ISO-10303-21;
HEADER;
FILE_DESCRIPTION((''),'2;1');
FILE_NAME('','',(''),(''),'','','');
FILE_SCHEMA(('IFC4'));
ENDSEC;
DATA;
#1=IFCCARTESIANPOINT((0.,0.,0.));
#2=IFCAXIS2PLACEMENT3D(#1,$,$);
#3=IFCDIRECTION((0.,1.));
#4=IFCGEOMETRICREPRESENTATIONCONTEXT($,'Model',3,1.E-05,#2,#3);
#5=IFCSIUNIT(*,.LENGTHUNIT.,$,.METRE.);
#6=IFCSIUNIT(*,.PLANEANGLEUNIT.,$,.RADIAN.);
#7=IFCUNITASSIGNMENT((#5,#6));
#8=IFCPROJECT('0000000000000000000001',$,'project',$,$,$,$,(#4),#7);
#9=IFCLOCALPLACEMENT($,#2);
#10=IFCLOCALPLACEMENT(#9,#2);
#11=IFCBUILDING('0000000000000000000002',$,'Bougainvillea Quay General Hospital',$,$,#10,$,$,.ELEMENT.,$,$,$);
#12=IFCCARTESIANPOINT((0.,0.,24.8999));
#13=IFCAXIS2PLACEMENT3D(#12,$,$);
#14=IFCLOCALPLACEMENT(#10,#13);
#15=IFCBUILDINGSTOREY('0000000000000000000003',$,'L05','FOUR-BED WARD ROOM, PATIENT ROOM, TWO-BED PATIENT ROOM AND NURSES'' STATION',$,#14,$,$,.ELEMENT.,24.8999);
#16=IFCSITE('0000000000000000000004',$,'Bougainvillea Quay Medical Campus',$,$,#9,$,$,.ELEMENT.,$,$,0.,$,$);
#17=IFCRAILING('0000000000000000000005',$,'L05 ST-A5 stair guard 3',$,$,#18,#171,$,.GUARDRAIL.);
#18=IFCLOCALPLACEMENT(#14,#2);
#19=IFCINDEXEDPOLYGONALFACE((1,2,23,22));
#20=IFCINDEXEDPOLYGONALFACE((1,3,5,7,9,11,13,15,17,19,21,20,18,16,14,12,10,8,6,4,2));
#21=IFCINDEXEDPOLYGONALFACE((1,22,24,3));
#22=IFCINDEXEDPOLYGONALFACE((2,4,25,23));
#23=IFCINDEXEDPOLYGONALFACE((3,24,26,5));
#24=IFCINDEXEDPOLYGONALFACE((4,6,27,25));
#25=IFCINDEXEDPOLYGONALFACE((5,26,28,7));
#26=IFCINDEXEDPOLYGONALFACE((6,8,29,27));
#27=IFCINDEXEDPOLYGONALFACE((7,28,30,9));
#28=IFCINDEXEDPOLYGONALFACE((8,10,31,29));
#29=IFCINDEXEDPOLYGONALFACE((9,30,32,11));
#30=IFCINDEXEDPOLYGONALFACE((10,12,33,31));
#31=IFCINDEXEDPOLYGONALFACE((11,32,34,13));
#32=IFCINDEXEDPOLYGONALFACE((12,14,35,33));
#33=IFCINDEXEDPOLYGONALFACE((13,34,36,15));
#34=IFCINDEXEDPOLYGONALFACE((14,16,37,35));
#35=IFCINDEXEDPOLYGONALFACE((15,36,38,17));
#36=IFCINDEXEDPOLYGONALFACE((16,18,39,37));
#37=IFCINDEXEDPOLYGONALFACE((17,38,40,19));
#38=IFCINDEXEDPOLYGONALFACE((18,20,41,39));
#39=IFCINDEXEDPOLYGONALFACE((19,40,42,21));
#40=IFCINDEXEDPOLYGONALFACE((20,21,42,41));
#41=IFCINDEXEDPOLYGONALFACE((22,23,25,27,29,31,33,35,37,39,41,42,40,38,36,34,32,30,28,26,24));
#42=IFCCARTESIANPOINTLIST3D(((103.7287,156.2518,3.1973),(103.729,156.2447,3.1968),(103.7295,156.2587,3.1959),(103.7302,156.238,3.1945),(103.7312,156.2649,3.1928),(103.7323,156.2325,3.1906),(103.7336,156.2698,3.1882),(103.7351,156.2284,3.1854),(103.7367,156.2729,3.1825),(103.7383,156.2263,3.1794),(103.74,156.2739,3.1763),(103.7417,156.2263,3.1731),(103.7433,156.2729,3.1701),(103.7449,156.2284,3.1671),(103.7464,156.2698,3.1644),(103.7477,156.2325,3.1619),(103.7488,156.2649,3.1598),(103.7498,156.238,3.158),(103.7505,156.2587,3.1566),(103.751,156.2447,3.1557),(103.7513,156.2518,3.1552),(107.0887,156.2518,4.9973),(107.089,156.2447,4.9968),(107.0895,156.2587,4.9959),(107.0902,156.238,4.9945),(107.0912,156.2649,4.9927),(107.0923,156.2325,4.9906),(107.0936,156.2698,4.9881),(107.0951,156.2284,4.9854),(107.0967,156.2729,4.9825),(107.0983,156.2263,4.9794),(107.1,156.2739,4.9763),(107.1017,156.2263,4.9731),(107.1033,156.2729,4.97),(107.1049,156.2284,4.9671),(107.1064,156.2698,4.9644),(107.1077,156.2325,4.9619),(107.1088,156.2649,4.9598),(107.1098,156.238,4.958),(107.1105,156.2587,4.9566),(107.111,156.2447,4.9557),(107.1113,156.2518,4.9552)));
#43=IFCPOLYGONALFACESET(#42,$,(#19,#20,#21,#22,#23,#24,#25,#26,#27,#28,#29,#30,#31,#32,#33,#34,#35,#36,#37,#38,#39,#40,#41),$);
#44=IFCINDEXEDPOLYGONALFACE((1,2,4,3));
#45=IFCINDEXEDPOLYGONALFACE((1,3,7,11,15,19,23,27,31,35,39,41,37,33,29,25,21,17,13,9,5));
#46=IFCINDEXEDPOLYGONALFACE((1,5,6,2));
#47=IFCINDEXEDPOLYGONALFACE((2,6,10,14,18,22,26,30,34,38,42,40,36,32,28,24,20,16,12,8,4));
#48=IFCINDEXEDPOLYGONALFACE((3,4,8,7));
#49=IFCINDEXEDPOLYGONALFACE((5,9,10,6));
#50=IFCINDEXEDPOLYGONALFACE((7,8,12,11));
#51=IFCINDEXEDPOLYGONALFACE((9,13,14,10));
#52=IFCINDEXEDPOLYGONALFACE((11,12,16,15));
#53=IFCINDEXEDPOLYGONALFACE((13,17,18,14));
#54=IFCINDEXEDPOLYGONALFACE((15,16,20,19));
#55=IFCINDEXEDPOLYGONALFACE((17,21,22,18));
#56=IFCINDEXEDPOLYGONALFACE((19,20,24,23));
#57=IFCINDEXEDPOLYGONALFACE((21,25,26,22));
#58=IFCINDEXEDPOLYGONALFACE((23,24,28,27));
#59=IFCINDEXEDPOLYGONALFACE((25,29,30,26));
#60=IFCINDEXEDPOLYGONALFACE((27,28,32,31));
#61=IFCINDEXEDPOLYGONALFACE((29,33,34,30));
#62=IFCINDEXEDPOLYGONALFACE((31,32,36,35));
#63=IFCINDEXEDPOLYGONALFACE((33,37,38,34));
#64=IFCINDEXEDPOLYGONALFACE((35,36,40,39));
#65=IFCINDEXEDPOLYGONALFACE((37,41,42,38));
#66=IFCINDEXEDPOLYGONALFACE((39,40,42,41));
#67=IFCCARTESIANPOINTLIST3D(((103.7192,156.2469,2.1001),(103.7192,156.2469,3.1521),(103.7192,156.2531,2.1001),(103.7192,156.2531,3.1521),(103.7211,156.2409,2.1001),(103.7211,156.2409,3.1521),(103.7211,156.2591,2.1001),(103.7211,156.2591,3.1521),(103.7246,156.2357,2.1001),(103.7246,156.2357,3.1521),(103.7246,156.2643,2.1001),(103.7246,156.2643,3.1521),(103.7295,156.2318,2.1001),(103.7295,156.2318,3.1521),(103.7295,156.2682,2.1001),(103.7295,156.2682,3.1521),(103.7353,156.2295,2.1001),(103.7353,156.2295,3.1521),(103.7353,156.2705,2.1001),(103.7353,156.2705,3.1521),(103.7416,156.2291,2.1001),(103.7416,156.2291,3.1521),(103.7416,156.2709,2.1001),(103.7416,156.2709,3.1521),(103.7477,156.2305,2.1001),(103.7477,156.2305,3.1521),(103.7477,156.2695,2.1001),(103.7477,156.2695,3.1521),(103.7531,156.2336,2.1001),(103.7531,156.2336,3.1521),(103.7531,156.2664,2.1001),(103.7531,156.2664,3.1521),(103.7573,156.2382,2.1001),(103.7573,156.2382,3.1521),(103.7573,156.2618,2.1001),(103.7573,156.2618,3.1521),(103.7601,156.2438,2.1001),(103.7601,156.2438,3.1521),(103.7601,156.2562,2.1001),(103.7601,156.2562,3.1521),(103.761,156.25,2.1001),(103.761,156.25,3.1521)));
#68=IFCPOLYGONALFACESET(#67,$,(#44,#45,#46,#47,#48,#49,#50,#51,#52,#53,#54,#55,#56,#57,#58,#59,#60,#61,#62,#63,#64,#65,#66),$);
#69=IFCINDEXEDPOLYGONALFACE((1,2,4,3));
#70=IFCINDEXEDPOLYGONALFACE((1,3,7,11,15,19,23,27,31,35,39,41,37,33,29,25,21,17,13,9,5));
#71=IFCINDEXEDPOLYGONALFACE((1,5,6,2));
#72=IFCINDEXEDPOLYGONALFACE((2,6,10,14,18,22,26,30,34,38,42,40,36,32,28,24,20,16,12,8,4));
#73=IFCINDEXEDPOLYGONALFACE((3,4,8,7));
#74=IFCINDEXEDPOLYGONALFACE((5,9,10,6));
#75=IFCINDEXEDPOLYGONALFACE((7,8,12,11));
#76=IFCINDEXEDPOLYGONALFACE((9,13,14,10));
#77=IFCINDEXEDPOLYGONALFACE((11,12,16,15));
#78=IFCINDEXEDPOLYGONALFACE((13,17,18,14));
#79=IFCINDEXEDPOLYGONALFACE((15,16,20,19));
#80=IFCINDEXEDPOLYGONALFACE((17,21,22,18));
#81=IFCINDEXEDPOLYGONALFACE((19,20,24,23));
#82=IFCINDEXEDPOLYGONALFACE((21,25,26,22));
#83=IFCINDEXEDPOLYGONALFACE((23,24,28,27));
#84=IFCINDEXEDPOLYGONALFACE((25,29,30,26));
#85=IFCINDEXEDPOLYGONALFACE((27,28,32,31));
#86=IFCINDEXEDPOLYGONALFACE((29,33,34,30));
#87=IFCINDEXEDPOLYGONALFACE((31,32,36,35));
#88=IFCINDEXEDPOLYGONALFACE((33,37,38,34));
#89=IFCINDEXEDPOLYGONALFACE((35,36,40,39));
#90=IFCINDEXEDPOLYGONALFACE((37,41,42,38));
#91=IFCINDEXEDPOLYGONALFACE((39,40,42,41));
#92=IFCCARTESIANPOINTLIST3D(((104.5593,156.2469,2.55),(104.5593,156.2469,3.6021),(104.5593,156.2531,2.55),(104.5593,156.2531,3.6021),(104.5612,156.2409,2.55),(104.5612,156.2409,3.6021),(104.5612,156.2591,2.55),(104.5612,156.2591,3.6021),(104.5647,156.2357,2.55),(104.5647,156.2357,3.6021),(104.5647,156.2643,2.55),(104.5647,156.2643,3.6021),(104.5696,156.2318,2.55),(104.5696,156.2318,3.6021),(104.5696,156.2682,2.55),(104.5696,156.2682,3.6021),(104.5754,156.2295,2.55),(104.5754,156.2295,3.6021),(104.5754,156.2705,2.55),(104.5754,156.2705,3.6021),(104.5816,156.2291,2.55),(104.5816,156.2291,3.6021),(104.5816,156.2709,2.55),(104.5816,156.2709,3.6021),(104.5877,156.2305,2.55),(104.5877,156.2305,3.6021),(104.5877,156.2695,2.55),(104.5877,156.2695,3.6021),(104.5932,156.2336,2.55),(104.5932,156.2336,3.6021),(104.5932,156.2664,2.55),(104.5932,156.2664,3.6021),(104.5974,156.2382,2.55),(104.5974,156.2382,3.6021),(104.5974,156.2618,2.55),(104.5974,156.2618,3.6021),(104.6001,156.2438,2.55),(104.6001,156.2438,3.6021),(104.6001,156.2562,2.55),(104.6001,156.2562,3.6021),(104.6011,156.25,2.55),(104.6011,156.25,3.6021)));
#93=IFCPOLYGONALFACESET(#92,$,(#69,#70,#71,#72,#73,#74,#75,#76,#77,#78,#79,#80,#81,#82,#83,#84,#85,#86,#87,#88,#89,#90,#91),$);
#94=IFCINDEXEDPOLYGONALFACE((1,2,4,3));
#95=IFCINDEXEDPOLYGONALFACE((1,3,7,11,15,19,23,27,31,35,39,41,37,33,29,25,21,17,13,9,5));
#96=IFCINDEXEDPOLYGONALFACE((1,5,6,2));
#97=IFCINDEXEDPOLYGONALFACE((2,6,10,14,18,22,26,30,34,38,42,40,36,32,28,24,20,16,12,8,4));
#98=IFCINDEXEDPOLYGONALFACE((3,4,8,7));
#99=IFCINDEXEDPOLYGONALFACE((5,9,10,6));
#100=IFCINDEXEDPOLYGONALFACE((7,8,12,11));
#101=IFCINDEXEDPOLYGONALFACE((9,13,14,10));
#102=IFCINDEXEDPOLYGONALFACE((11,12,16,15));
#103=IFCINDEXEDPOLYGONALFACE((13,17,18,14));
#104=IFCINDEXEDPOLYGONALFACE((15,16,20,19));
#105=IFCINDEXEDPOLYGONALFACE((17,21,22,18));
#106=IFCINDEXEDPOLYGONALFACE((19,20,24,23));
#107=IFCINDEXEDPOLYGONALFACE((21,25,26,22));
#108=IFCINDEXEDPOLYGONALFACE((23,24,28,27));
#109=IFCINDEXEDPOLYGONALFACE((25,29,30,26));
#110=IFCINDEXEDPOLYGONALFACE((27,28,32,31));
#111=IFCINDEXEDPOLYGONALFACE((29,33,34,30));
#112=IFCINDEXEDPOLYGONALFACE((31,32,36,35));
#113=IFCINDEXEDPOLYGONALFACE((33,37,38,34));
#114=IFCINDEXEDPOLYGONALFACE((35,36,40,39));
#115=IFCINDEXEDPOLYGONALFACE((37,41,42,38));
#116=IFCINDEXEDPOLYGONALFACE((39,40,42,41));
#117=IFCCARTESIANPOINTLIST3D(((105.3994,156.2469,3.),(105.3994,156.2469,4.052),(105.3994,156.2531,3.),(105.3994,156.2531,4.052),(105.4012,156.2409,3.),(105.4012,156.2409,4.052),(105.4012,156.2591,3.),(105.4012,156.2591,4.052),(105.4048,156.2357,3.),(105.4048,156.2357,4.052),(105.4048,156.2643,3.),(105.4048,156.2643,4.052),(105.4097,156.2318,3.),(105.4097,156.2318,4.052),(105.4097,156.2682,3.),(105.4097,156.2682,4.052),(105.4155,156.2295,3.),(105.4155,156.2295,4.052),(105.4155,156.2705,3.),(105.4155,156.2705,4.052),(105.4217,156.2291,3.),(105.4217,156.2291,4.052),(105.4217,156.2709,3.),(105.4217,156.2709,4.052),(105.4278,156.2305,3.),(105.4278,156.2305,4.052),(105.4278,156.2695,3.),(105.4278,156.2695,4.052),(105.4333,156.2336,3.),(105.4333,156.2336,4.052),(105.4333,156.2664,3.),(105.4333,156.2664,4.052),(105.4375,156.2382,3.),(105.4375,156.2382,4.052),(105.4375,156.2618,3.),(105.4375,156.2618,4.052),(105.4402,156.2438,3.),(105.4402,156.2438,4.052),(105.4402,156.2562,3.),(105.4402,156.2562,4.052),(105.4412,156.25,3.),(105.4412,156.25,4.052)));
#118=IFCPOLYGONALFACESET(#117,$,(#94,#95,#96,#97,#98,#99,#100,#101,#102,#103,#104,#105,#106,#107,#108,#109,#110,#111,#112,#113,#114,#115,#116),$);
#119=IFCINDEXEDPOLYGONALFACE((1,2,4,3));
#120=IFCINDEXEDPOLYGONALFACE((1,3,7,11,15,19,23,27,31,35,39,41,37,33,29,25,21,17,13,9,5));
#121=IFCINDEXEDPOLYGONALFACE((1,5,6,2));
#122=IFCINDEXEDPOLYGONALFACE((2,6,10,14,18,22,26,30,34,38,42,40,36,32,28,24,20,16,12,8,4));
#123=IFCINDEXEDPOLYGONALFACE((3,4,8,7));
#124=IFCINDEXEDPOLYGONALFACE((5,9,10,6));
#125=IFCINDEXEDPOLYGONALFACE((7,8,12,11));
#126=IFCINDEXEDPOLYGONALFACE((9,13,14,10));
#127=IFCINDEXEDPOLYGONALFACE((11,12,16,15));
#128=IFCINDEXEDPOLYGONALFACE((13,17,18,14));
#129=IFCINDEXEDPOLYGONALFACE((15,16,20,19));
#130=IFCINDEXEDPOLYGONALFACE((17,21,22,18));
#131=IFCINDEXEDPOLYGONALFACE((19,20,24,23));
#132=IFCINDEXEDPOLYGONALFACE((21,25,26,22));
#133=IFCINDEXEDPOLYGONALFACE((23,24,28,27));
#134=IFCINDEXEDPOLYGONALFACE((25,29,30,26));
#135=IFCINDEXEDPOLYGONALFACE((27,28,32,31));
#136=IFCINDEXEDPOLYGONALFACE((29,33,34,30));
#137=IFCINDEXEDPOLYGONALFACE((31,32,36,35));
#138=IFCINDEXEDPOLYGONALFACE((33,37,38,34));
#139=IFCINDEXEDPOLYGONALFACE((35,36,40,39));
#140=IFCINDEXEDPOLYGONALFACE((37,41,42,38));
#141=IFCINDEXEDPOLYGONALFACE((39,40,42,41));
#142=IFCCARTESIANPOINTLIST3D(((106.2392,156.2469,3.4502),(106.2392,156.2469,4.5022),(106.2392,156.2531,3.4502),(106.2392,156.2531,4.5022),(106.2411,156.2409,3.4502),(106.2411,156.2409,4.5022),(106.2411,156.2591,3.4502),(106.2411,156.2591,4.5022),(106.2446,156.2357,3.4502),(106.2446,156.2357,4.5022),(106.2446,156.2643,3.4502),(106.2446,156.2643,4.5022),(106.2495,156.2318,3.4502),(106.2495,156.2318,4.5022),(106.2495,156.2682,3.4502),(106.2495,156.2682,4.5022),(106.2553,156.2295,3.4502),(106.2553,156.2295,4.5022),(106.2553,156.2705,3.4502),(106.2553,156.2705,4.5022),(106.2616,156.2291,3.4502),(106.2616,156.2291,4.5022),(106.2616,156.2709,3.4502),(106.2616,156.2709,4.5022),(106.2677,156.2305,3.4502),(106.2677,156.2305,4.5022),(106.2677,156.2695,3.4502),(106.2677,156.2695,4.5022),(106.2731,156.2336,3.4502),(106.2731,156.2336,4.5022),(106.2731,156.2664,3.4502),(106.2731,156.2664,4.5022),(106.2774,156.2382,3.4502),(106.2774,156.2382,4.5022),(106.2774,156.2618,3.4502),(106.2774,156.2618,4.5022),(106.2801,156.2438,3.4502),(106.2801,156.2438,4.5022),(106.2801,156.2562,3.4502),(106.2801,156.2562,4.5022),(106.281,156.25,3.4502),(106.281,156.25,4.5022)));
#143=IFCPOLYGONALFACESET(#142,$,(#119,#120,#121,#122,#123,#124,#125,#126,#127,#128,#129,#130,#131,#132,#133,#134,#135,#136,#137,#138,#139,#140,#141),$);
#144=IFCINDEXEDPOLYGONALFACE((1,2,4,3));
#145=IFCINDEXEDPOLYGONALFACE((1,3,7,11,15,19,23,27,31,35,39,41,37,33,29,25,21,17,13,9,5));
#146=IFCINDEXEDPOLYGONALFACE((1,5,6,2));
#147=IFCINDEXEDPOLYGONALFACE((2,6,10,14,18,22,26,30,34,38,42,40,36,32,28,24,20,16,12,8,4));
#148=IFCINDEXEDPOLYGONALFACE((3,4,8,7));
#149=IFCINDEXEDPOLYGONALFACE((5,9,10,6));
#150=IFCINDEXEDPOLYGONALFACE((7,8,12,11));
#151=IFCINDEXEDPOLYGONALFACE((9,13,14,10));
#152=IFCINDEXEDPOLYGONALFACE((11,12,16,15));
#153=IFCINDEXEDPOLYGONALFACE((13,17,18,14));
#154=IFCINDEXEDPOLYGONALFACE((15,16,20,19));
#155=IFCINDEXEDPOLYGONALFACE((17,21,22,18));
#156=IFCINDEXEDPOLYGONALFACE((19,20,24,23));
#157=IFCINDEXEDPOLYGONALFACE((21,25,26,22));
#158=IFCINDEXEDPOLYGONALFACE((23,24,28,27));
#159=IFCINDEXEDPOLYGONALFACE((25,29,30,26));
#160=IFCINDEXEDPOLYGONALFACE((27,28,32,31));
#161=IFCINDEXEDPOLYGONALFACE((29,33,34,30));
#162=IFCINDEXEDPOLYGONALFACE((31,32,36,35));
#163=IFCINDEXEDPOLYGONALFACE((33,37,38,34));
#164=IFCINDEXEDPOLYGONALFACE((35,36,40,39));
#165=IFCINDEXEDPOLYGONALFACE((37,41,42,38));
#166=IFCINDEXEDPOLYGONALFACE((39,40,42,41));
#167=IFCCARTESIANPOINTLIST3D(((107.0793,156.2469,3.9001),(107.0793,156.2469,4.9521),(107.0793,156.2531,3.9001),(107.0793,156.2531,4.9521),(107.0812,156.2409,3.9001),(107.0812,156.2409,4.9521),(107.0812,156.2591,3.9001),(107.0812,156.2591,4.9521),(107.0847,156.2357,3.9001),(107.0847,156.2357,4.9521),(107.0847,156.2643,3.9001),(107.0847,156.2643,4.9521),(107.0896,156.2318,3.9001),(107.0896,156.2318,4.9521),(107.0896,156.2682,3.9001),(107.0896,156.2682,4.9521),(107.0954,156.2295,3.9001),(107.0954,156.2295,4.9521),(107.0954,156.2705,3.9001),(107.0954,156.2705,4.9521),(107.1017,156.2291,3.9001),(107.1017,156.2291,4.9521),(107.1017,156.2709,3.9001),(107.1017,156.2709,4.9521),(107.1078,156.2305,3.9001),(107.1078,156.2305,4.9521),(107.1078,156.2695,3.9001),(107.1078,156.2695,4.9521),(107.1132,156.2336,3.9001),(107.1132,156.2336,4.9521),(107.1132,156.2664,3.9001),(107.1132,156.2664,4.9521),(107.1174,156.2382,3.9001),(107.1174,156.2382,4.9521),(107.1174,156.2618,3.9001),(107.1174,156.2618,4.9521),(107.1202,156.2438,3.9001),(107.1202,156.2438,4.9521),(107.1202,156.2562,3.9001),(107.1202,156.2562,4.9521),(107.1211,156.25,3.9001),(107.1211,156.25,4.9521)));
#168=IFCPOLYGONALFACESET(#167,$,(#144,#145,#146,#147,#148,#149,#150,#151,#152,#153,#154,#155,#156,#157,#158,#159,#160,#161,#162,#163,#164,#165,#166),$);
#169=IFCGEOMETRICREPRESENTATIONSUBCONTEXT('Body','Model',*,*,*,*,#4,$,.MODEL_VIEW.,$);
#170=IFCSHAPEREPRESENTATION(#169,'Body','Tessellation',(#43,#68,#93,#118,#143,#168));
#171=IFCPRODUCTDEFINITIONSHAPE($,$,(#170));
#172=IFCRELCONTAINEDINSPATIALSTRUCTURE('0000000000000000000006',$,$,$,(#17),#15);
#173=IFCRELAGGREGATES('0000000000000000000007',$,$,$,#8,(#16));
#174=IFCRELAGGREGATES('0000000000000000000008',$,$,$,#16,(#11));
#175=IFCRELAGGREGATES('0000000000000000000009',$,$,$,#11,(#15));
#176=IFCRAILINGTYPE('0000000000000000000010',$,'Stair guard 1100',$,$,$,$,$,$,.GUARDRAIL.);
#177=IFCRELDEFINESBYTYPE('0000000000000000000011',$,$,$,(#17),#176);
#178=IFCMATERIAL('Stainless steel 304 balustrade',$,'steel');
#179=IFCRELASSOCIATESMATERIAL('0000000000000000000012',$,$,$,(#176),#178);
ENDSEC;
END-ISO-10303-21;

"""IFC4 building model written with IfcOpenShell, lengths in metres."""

from ifc_helpers import new_model, si_unit, direction, frame, origin, origin_2d, place, context, subcontext, project, spatial, circle, extrude, material, type_object, element, save


model = new_model("IFC4")

# Units and contexts
model_context = context("Model", 3, precision=1e-05, world=origin(), true_north=direction((0.0, 1.0)))
body_context = subcontext(model_context, "Body", "Model", "MODEL_VIEW")
ifc_project = project(units=[si_unit("LENGTHUNIT", "METRE"), si_unit("PLANEANGLEUNIT", "RADIAN")], contexts=[model_context])

# Site, building, storey
site_placement = place(None, origin())
site = spatial("IfcSite", under=ifc_project, at=site_placement, Name="Bougainvillea Quay Medical Campus", CompositionType="ELEMENT", RefElevation=0.0)
building_placement = place(site_placement, origin())
building = spatial("IfcBuilding", under=site, at=building_placement, Name="Bougainvillea Quay General Hospital", CompositionType="ELEMENT")
storey_placement = place(building_placement, frame((0.0, 0.0, 24.8999)))
storey = spatial("IfcBuildingStorey", under=building, at=storey_placement, Name="L05", Description="FOUR-BED WARD ROOM, PATIENT ROOM, TWO-BED PATIENT ROOM AND NURSES' STATION", CompositionType="ELEMENT", Elevation=24.8999)

# Railing
ifc_material_1 = material(Name="Stainless steel 304 balustrade", Category="steel")
railing_type_1 = type_object("IfcRailingType", Name="Stair guard 1100", PredefinedType="GUARDRAIL", material=ifc_material_1)
railing_1_placement = place(storey_placement, frame((103.74, 156.25, 2.1001)))
element("IfcRailing", 1, at=railing_1_placement, inside=storey, type_object=railing_type_1, Name="L05 ST-A5 stair guard 3", PredefinedType="GUARDRAIL", context=body_context, shape_type="SweptSolid", body=[
    extrude(circle(Radius=0.0239, at=origin_2d()), frame((0.0, 0.0, 1.0762), z_axis=(0.881481, 0.0, 0.47222), x_axis=(0.0, 1.0, 0.0)), (0.0, 0.0, 1.0), 3.8118),
    extrude(circle(Radius=0.021, at=origin_2d()), origin(), (0.0, 0.0, 1.0), 1.052),
    extrude(circle(Radius=0.021, at=origin_2d()), frame((0.8401, 0.0, 0.45)), (0.0, 0.0, 1.0), 1.052),
    extrude(circle(Radius=0.021, at=origin_2d()), frame((1.6802, 0.0, 0.8999)), (0.0, 0.0, 1.0), 1.052),
    extrude(circle(Radius=0.021, at=origin_2d()), frame((2.52, 0.0, 1.3501)), (0.0, 0.0, 1.0), 1.052),
    extrude(circle(Radius=0.021, at=origin_2d()), frame((3.3601, 0.0, 1.8)), (0.0, 0.0, 1.0), 1.052),
])

save(model, "model.ifc")
